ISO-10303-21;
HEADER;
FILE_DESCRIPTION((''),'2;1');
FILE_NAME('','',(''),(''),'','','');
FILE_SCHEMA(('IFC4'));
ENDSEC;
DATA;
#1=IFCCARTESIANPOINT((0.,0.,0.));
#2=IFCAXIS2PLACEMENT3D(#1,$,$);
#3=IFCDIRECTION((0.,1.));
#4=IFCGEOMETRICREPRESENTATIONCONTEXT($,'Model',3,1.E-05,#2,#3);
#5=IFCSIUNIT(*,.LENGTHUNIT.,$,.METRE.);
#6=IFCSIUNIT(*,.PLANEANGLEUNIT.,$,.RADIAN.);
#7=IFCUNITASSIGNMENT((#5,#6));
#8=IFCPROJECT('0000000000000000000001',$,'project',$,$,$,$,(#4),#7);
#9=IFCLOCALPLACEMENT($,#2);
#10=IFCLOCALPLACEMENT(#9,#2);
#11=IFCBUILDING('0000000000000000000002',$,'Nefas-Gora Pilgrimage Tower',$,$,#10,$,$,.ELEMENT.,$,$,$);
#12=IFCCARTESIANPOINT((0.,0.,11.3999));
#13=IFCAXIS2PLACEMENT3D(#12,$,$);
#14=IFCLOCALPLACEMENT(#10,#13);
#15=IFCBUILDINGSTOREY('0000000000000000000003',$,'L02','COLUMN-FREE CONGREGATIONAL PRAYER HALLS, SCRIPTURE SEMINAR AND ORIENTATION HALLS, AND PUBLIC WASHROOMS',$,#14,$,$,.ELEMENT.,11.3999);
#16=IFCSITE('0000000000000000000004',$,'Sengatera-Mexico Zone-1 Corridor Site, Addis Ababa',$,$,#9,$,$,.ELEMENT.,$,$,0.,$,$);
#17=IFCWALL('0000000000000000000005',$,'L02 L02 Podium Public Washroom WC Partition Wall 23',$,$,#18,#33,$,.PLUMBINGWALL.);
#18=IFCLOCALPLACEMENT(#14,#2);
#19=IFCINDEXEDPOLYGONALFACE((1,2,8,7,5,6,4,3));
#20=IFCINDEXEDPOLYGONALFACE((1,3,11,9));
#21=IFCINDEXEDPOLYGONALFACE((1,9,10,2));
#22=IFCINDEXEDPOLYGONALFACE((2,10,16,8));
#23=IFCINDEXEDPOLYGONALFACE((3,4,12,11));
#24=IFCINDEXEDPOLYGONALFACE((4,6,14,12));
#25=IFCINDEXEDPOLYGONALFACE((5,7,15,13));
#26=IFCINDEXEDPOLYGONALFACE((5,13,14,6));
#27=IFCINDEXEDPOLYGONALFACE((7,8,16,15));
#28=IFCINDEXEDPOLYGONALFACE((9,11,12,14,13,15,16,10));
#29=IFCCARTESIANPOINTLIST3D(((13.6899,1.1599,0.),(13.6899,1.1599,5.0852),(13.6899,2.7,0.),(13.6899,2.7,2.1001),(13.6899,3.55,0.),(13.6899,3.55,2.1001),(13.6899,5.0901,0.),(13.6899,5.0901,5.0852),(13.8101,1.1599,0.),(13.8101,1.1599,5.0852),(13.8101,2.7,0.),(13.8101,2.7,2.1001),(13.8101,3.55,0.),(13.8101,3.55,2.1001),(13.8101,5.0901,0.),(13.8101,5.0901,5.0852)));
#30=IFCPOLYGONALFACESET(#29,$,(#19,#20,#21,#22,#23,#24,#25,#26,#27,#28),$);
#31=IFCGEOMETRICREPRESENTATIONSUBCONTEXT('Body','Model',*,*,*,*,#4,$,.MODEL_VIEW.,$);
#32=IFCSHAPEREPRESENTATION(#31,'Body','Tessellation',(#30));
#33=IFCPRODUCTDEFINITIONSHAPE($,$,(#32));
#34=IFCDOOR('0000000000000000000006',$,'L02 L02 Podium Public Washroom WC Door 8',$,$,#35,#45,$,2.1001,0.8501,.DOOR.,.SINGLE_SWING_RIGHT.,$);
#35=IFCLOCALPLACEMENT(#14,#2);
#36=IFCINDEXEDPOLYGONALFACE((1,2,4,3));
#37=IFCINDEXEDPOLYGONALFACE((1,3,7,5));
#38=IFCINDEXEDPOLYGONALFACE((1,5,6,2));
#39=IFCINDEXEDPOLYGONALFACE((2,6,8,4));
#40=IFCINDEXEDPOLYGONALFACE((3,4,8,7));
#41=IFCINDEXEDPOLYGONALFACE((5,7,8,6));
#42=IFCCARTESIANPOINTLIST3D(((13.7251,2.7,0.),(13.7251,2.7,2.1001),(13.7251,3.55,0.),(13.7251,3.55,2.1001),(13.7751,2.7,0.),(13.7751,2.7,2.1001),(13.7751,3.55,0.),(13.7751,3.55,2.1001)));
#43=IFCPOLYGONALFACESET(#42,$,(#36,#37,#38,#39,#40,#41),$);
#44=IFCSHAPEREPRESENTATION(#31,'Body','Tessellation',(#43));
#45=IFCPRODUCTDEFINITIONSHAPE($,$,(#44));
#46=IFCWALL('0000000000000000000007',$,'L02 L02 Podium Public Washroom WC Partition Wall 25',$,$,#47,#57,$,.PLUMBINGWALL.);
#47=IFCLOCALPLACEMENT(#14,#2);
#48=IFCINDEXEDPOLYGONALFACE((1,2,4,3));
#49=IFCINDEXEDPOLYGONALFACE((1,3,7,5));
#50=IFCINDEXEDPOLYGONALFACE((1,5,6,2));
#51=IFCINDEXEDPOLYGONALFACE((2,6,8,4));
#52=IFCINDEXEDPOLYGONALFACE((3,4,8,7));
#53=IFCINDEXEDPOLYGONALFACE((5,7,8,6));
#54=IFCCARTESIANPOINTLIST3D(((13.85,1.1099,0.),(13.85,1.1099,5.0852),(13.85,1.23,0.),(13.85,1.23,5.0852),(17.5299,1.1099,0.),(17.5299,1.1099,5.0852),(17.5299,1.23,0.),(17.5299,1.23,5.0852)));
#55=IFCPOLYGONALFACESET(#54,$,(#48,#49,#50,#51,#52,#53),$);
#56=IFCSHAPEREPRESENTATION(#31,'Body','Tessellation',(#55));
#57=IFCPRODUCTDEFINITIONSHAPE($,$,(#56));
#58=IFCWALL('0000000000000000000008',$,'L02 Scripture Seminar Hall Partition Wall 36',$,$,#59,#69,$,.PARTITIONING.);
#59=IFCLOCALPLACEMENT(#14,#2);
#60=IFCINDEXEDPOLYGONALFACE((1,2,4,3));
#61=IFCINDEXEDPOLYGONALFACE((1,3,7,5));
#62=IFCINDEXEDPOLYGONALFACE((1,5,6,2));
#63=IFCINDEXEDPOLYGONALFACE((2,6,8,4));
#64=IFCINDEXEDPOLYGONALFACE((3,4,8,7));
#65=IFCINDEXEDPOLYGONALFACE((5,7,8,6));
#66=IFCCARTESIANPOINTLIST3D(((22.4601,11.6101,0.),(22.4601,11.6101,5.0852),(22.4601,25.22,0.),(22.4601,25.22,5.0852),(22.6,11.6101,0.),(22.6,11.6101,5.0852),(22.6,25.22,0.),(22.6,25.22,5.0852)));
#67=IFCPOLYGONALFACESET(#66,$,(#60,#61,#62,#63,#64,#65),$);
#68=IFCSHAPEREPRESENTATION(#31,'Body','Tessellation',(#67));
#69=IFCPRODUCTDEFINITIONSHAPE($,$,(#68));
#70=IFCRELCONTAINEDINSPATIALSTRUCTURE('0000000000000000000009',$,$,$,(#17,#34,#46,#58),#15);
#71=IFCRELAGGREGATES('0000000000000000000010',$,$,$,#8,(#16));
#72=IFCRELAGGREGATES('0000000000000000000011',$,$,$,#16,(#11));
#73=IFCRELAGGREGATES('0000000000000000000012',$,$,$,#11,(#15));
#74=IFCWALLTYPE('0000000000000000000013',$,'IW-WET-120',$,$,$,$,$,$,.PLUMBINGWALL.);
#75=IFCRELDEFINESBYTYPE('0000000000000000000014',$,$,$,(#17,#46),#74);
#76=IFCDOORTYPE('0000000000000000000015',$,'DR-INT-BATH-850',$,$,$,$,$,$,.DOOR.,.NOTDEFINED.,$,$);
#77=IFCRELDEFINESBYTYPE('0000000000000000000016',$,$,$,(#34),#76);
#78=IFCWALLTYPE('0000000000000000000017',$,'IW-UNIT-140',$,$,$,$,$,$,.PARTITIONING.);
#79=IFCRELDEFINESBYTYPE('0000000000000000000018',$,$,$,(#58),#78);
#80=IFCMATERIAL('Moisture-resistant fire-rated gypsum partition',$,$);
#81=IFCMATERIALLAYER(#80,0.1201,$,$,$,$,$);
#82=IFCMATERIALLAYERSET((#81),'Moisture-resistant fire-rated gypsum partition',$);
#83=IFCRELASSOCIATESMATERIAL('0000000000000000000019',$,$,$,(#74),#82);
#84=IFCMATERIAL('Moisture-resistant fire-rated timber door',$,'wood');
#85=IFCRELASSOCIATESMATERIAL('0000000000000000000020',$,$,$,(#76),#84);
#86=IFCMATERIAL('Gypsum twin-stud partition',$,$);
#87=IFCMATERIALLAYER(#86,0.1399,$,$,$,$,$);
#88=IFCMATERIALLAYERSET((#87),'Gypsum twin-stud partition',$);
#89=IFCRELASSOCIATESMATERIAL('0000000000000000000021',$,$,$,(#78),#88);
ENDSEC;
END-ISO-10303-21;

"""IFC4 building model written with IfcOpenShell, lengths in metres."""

from ifc_helpers import new_model, si_unit, direction, frame, frame_2d, origin, place, context, subcontext, project, spatial, rectangle, extrude, source, transform, mapped, material, layer, layer_set, type_object, element, fill, save


model = new_model("IFC4")

# Units and contexts
model_context = context("Model", 3, precision=1e-05, world=origin(), true_north=direction((0.0, 1.0)))
body_context = subcontext(model_context, "Body", "Model", "MODEL_VIEW")
ifc_project = project(units=[si_unit("LENGTHUNIT", "METRE"), si_unit("PLANEANGLEUNIT", "RADIAN")], contexts=[model_context])

# Site, building, storey
site_placement = place(None, origin())
site = spatial("IfcSite", under=ifc_project, at=site_placement, Name="Sengatera-Mexico Zone-1 Corridor Site, Addis Ababa", CompositionType="ELEMENT", RefElevation=0.0)
building_placement = place(site_placement, origin())
building = spatial("IfcBuilding", under=site, at=building_placement, Name="Nefas-Gora Pilgrimage Tower", CompositionType="ELEMENT")
storey_placement = place(building_placement, frame((0.0, 0.0, 11.3999)))
storey = spatial("IfcBuildingStorey", under=building, at=storey_placement, Name="L02", Description="COLUMN-FREE CONGREGATIONAL PRAYER HALLS, SCRIPTURE SEMINAR AND ORIENTATION HALLS, AND PUBLIC WASHROOMS", CompositionType="ELEMENT", Elevation=11.3999)

# Shared definitions
ifc_material_1 = material(Name="Moisture-resistant fire-rated gypsum partition")
ifc_layer_1 = layer(ifc_material_1, 0.1201)
ifc_layer_set_1 = layer_set([ifc_layer_1], Name="Moisture-resistant fire-rated gypsum partition")
wall_type_1 = type_object("IfcWallType", Name="IW-WET-120", PredefinedType="PLUMBINGWALL", material=ifc_layer_set_1)

# Shared definitions
ifc_material_2 = material(Name="Moisture-resistant fire-rated timber door", Category="wood")
door_type = type_object("IfcDoorType", Name="DR-INT-BATH-850", OperationType="NOTDEFINED", PredefinedType="DOOR", material=ifc_material_2)
shared_shape_1 = source(origin(), body_context, "Body", "SweptSolid", [
    extrude(rectangle(XDim=0.8501, YDim=2.1001, at=frame_2d((0.425, 1.05))), frame((0.0, 0.0249, 0.0), z_axis=(0.0, -1.0, 0.0), x_axis=(1.0, 0.0, 0.0)), (0.0, 0.0, 1.0), 0.05),
])

# Wall, opening, door
shared_shape_2 = source(origin(), body_context, "Body", "SweptSolid", [
    extrude(rectangle(XDim=3.9302, YDim=0.1201, at=frame_2d((1.9651, 0.0))), origin(), (0.0, 0.0, 1.0), 5.0852),
])
wall_1_placement = place(storey_placement, frame((13.75, 1.1599, 0.0), z_axis=(0.0, 0.0, 1.0), x_axis=(0.0, 1.0, 0.0)))
wall_1 = element("IfcWall", 1, at=wall_1_placement, inside=storey, type_object=wall_type_1, Name="L02 L02 Podium Public Washroom WC Partition Wall 23", PredefinedType="PLUMBINGWALL", context=body_context, shape_type="MappedRepresentation", body=[
    mapped(shared_shape_2, transform((0.0, 0.0, 0.0), x_axis=(1.0, 0.0, 0.0), y_axis=(0.0, 1.0, 0.0), z_axis=(0.0, 0.0, 1.0), scale=1.0)),
])
opening_1_placement = place(wall_1_placement, frame((1.54, 0.0, 0.0)))
opening_1 = element("IfcOpeningElement", 2, at=opening_1_placement, cuts=wall_1, PredefinedType="OPENING", context=body_context, shape_type="SweptSolid", body=[
    extrude(rectangle(XDim=0.8501, YDim=2.1001, at=frame_2d((0.425, 1.05))), frame((0.0, 0.0701, 0.0), z_axis=(0.0, -1.0, 0.0), x_axis=(1.0, 0.0, 0.0)), (0.0, 0.0, 1.0), 0.1401),
])
door_1_placement = place(opening_1_placement, origin())
door_1 = element("IfcDoor", 3, at=door_1_placement, inside=storey, type_object=door_type, Name="L02 L02 Podium Public Washroom WC Door 8", OperationType="SINGLE_SWING_RIGHT", OverallHeight=2.1001, OverallWidth=0.8501, PredefinedType="DOOR", context=body_context, shape_type="MappedRepresentation", body=[
    mapped(shared_shape_1, transform((0.0, 0.0, 0.0), x_axis=(1.0, 0.0, 0.0), y_axis=(0.0, 1.0, 0.0), z_axis=(0.0, 0.0, 1.0), scale=1.0)),
])
fill(opening_1, door_1)

# Walls
shared_shape_3 = source(origin(), body_context, "Body", "SweptSolid", [
    extrude(rectangle(XDim=3.6799, YDim=0.1201, at=frame_2d((1.8398, 0.0))), origin(), (0.0, 0.0, 1.0), 5.0852),
])
wall_2_placement = place(storey_placement, frame((13.8501, 1.1699, 0.0), z_axis=(0.0, 0.0, 1.0), x_axis=(1.0, 0.0, 0.0)))
element("IfcWall", 4, at=wall_2_placement, inside=storey, type_object=wall_type_1, Name="L02 L02 Podium Public Washroom WC Partition Wall 25", PredefinedType="PLUMBINGWALL", context=body_context, shape_type="MappedRepresentation", body=[
    mapped(shared_shape_3, transform((0.0, 0.0, 0.0), x_axis=(1.0, 0.0, 0.0), y_axis=(0.0, 1.0, 0.0), z_axis=(0.0, 0.0, 1.0), scale=1.0)),
])
ifc_material_3 = material(Name="Gypsum twin-stud partition")
ifc_layer_2 = layer(ifc_material_3, 0.1399)
ifc_layer_set_2 = layer_set([ifc_layer_2], Name="Gypsum twin-stud partition")
wall_type_2 = type_object("IfcWallType", Name="IW-UNIT-140", PredefinedType="PARTITIONING", material=ifc_layer_set_2)
shared_shape_4 = source(origin(), body_context, "Body", "SweptSolid", [
    extrude(rectangle(XDim=13.6099, YDim=0.1399, at=frame_2d((6.8049, 0.0))), origin(), (0.0, 0.0, 1.0), 5.0852),
])
wall_3_placement = place(storey_placement, frame((22.53, 11.6101, 0.0), z_axis=(0.0, 0.0, 1.0), x_axis=(0.0, 1.0, 0.0)))
element("IfcWall", 5, at=wall_3_placement, inside=storey, type_object=wall_type_2, Name="L02 Scripture Seminar Hall Partition Wall 36", PredefinedType="PARTITIONING", context=body_context, shape_type="MappedRepresentation", body=[
    mapped(shared_shape_4, transform((0.0, 0.0, 0.0), x_axis=(1.0, 0.0, 0.0), y_axis=(0.0, 1.0, 0.0), z_axis=(0.0, 0.0, 1.0), scale=1.0)),
])

save(model, "model.ifc")
